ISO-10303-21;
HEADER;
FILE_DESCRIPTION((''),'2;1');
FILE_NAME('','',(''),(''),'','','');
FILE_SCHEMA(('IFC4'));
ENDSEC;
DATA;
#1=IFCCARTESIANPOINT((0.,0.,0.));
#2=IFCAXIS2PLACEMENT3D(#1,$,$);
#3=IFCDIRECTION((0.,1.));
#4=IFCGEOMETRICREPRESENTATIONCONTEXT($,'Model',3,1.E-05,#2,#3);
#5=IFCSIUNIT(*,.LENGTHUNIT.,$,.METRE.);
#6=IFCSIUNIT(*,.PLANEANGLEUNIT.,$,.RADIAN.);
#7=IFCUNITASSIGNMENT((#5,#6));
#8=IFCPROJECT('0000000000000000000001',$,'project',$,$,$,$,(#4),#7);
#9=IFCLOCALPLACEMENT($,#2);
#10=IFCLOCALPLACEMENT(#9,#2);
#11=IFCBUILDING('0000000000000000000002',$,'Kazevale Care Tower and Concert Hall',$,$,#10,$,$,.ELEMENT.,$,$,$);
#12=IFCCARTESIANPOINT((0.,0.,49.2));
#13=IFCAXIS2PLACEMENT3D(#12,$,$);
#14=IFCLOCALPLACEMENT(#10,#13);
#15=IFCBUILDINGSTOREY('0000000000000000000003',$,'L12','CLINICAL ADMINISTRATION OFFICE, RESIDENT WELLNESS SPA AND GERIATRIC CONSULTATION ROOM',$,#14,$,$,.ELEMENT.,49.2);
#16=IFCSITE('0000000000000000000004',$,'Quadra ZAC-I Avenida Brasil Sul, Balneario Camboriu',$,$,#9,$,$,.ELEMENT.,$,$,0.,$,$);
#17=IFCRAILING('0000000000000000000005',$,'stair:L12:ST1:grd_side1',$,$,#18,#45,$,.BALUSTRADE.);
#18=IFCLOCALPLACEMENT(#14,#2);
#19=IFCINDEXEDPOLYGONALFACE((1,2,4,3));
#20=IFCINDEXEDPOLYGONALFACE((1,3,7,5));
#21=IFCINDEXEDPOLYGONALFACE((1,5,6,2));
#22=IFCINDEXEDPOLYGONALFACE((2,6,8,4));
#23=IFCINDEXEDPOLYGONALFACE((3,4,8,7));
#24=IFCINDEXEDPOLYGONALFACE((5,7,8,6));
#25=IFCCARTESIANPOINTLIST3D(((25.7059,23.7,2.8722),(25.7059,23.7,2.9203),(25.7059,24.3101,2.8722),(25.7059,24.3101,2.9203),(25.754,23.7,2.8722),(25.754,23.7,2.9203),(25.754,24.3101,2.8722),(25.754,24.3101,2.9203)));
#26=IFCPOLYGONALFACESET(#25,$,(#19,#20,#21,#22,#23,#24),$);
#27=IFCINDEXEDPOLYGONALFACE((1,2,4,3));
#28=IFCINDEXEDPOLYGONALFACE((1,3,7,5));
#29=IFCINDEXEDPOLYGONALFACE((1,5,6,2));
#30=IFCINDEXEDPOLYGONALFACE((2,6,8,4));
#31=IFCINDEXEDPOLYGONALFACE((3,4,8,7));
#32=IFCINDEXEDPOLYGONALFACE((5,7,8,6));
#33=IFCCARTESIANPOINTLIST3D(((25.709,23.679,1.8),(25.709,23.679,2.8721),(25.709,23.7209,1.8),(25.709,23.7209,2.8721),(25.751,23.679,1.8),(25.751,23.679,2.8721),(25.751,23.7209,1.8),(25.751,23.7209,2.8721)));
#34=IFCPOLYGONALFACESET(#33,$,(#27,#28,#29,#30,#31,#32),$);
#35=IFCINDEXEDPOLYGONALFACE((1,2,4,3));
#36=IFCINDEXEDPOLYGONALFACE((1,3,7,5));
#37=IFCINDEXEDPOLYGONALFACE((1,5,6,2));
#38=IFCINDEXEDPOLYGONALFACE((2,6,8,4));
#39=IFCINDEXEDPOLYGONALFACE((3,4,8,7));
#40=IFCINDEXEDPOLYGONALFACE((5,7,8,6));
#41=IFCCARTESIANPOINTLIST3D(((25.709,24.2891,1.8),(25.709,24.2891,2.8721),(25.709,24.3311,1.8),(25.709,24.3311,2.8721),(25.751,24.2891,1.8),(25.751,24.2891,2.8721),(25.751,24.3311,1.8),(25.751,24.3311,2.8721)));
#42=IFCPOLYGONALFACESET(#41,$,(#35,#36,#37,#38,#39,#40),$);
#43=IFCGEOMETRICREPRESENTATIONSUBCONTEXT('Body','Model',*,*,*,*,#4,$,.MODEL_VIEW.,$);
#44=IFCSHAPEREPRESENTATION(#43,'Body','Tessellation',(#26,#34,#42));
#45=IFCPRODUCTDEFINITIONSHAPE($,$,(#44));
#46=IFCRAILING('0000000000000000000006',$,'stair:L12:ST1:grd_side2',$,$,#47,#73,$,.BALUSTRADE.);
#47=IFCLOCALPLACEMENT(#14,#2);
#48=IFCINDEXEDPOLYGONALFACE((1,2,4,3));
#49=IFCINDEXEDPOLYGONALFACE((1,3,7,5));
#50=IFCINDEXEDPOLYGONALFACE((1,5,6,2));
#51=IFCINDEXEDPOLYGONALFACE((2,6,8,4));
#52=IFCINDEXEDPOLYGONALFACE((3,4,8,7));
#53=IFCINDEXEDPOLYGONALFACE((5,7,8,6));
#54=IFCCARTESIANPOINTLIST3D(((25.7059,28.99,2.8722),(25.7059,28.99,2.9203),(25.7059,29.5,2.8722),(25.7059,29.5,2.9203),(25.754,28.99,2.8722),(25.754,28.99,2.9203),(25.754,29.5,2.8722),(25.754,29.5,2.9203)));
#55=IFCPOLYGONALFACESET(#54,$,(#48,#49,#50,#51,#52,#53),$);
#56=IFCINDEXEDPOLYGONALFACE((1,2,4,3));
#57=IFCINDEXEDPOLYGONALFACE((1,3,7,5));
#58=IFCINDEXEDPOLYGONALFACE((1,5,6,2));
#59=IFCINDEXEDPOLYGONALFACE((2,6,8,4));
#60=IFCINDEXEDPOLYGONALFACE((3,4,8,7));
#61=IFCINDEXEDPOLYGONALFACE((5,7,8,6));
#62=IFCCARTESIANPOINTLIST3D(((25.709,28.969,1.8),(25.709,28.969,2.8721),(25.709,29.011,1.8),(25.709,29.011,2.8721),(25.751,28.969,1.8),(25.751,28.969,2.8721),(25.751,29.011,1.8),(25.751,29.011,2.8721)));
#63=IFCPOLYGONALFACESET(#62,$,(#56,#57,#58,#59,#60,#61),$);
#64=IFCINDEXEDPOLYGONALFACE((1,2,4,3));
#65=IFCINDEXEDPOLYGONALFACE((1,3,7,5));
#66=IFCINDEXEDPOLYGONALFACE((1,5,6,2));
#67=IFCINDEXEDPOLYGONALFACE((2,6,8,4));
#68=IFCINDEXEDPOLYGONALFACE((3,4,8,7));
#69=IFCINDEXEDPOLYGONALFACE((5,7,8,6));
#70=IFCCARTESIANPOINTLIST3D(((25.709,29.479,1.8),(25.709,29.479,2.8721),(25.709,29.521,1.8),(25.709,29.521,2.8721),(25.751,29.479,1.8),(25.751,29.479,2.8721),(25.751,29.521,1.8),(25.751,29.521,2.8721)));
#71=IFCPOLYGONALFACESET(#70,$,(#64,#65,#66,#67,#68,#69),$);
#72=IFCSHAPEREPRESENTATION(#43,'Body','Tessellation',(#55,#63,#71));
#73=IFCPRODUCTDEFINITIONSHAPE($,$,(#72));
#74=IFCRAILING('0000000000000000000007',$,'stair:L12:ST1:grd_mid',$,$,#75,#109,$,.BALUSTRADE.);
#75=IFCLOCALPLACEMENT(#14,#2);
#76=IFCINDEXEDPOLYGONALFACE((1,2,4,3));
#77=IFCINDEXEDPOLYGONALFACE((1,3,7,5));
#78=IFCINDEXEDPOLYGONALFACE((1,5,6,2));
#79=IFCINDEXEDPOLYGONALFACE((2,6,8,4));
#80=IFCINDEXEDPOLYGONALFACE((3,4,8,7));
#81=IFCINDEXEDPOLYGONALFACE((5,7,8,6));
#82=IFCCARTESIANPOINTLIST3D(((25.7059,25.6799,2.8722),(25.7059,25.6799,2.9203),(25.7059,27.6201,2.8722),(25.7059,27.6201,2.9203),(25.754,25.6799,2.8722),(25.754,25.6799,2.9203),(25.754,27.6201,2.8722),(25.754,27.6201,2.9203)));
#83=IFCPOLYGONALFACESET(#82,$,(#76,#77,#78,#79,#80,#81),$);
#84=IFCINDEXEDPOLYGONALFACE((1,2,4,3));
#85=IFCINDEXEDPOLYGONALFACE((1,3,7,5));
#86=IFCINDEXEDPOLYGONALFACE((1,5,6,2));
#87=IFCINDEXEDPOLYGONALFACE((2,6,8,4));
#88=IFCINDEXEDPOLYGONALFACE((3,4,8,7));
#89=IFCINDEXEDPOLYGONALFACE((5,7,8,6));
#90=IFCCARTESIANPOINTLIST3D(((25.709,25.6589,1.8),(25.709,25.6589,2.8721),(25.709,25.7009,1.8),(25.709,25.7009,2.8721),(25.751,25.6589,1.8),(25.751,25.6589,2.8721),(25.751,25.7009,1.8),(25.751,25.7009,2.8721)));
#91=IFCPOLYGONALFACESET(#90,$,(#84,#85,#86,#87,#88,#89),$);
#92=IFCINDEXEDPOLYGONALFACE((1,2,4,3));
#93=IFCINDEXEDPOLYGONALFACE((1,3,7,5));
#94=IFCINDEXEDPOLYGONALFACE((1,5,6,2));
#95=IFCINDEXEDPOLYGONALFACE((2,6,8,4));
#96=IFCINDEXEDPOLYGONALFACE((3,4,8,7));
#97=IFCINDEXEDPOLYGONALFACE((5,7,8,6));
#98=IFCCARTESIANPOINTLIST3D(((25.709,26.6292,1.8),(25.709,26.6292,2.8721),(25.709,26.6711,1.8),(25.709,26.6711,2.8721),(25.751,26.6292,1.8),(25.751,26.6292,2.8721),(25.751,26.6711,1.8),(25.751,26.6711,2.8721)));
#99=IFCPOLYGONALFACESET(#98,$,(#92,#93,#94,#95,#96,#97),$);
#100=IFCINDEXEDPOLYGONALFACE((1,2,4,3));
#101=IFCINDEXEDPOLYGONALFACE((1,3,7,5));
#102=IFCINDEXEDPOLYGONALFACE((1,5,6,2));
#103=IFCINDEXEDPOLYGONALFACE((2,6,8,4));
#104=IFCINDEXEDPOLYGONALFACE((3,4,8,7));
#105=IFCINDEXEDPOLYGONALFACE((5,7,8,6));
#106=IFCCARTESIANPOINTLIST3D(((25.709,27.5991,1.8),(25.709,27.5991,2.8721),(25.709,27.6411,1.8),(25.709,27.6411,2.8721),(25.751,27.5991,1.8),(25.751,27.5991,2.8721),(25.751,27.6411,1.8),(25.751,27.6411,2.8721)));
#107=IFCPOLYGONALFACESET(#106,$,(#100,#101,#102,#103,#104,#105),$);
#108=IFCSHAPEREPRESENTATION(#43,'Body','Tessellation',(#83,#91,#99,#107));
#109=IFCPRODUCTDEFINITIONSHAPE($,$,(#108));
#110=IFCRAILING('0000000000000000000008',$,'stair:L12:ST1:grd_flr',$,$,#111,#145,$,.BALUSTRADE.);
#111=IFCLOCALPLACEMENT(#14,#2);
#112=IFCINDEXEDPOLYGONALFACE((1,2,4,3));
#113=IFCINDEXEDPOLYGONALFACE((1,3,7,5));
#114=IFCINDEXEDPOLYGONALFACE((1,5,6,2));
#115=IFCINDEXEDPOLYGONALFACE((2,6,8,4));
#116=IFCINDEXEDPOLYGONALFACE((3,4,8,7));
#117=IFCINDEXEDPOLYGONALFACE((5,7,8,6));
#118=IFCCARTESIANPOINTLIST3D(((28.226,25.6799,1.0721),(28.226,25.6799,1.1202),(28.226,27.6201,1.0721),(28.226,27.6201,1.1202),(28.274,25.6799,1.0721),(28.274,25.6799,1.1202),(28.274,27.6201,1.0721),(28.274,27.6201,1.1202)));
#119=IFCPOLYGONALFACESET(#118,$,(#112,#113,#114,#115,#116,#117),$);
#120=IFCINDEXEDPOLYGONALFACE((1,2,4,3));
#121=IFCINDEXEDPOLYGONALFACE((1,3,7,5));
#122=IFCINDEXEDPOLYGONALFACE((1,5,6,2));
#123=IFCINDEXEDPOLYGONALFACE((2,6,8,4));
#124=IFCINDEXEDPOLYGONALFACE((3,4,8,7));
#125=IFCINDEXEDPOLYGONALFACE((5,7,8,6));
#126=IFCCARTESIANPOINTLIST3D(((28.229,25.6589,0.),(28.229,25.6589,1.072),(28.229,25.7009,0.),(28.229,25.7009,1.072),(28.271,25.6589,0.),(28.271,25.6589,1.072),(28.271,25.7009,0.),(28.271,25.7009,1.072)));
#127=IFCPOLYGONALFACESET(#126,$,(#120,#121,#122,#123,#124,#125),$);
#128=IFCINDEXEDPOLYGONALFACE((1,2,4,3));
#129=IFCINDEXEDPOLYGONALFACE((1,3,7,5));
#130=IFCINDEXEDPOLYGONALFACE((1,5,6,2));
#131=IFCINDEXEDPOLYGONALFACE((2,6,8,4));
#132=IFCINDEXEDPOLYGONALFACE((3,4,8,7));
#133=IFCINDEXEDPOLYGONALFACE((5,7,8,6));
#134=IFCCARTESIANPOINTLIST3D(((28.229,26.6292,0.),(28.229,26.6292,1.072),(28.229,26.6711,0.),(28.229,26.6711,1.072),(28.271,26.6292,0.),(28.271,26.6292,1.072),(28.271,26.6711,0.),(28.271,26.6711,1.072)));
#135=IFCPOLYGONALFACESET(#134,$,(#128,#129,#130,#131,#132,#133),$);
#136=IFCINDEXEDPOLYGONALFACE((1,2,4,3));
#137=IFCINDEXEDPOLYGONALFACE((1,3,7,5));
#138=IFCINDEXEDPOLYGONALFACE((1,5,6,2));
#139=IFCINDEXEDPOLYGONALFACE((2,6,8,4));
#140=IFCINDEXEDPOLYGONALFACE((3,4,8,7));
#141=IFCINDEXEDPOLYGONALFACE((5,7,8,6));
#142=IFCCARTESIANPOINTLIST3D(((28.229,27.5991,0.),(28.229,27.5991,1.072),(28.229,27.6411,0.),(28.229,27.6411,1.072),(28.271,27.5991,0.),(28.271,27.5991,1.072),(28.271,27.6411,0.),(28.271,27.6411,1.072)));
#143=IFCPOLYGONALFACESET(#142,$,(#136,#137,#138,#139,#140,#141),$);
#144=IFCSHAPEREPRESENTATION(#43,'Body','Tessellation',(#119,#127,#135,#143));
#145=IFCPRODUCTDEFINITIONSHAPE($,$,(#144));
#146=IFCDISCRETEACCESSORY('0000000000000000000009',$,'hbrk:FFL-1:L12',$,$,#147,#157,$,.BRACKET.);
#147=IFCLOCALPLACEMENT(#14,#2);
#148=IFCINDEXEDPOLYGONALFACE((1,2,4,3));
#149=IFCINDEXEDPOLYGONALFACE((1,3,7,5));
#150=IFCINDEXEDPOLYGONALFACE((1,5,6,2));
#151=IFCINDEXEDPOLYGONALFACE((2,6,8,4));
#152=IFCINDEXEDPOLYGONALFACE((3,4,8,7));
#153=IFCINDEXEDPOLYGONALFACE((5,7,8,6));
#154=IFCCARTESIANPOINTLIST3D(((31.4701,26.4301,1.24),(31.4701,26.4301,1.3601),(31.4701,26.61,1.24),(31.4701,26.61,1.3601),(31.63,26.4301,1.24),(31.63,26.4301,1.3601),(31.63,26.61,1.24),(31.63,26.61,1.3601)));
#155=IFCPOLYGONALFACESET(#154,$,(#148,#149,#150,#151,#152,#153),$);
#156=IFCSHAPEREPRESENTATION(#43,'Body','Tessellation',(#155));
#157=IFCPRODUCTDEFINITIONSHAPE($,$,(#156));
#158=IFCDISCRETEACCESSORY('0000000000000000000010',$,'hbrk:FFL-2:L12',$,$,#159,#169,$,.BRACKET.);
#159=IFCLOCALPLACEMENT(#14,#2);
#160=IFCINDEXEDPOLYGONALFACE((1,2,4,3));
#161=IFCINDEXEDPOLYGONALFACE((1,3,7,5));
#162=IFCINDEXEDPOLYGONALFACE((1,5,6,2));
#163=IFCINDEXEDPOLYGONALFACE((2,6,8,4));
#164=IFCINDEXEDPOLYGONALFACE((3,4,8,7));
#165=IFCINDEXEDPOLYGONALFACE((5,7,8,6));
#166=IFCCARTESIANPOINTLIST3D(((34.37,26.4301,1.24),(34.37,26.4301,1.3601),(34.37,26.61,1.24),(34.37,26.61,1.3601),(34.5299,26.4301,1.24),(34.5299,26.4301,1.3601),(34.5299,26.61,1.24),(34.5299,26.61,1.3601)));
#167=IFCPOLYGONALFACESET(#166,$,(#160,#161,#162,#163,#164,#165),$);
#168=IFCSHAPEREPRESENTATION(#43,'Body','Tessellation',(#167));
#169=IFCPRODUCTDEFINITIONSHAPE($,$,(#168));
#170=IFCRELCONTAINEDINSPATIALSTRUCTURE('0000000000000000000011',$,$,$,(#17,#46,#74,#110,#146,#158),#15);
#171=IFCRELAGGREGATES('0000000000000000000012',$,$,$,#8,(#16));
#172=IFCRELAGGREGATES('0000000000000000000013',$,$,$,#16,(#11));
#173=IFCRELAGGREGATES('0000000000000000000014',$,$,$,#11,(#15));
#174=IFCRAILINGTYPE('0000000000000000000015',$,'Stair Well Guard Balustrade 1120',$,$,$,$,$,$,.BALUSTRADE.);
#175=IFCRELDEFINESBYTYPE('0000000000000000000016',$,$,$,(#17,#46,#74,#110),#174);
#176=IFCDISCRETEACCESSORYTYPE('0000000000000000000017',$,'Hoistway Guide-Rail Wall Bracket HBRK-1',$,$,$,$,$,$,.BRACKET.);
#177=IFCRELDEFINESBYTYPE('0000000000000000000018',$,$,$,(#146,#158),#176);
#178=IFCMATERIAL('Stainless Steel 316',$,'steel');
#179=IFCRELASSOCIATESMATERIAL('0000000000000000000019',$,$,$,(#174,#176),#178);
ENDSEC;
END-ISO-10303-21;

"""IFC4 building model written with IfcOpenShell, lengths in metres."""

from ifc_helpers import new_model, si_unit, direction, frame, origin, origin_2d, place, context, subcontext, project, spatial, rectangle, extrude, material, type_object, element, save


model = new_model("IFC4")

# Units and contexts
model_context = context("Model", 3, precision=1e-05, world=origin(), true_north=direction((0.0, 1.0)))
body_context = subcontext(model_context, "Body", "Model", "MODEL_VIEW")
ifc_project = project(units=[si_unit("LENGTHUNIT", "METRE"), si_unit("PLANEANGLEUNIT", "RADIAN")], contexts=[model_context])

# Site, building, storey
site_placement = place(None, origin())
site = spatial("IfcSite", under=ifc_project, at=site_placement, Name="Quadra ZAC-I Avenida Brasil Sul, Balneario Camboriu", CompositionType="ELEMENT", RefElevation=0.0)
building_placement = place(site_placement, origin())
building = spatial("IfcBuilding", under=site, at=building_placement, Name="Kazevale Care Tower and Concert Hall", CompositionType="ELEMENT")
storey_placement = place(building_placement, frame((0.0, 0.0, 49.2)))
storey = spatial("IfcBuildingStorey", under=building, at=storey_placement, Name="L12", Description="CLINICAL ADMINISTRATION OFFICE, RESIDENT WELLNESS SPA AND GERIATRIC CONSULTATION ROOM", CompositionType="ELEMENT", Elevation=49.2)

# Shared definitions
ifc_material_1 = material(Name="Stainless Steel 316", Category="steel")

# Railings
railing_type_1 = type_object("IfcRailingType", Name="Stair Well Guard Balustrade 1120", PredefinedType="BALUSTRADE", material=ifc_material_1)
railing_1_placement = place(storey_placement, frame((25.73, 23.7, 1.8)))
element("IfcRailing", 1, at=railing_1_placement, inside=storey, type_object=railing_type_1, Name="stair:L12:ST1:grd_side1", PredefinedType="BALUSTRADE", context=body_context, shape_type="SweptSolid", body=[
    extrude(rectangle(XDim=0.0481, YDim=0.0481, at=origin_2d()), frame((0.0, 0.0, 1.0962), z_axis=(0.0, 1.0, 0.0), x_axis=(-1.0, 0.0, 0.0)), (0.0, 0.0, 1.0), 0.6101),
    extrude(rectangle(XDim=0.042, YDim=0.042, at=origin_2d()), origin(), (0.0, 0.0, 1.0), 1.072),
    extrude(rectangle(XDim=0.042, YDim=0.042, at=origin_2d()), frame((0.0, 0.6101, 0.0)), (0.0, 0.0, 1.0), 1.072),
])
railing_2_placement = place(storey_placement, frame((25.73, 28.99, 1.8)))
element("IfcRailing", 2, at=railing_2_placement, inside=storey, type_object=railing_type_1, Name="stair:L12:ST1:grd_side2", PredefinedType="BALUSTRADE", context=body_context, shape_type="SweptSolid", body=[
    extrude(rectangle(XDim=0.0481, YDim=0.0481, at=origin_2d()), frame((0.0, 0.0, 1.0962), z_axis=(0.0, 1.0, 0.0), x_axis=(-1.0, 0.0, 0.0)), (0.0, 0.0, 1.0), 0.51),
    extrude(rectangle(XDim=0.042, YDim=0.042, at=origin_2d()), origin(), (0.0, 0.0, 1.0), 1.072),
    extrude(rectangle(XDim=0.042, YDim=0.042, at=origin_2d()), frame((0.0, 0.51, 0.0)), (0.0, 0.0, 1.0), 1.072),
])
for number, where, name in (
    (3, (25.73, 25.6799, 1.8), "stair:L12:ST1:grd_mid"),
    (4, (28.25, 25.6799, 0.0), "stair:L12:ST1:grd_flr"),
):
    element("IfcRailing", number, at=place(storey_placement, frame(where)), inside=storey, type_object=railing_type_1, Name=name, PredefinedType="BALUSTRADE", context=body_context, shape_type="SweptSolid", body=[
        extrude(rectangle(XDim=0.0481, YDim=0.0481, at=origin_2d()), frame((0.0, 0.0, 1.0962), z_axis=(0.0, 1.0, 0.0), x_axis=(-1.0, 0.0, 0.0)), (0.0, 0.0, 1.0), 1.9402),
        extrude(rectangle(XDim=0.042, YDim=0.042, at=origin_2d()), origin(), (0.0, 0.0, 1.0), 1.072),
        extrude(rectangle(XDim=0.042, YDim=0.042, at=origin_2d()), frame((0.0, 0.9702, 0.0)), (0.0, 0.0, 1.0), 1.072),
        extrude(rectangle(XDim=0.042, YDim=0.042, at=origin_2d()), frame((0.0, 1.9402, 0.0)), (0.0, 0.0, 1.0), 1.072),
    ])

# Discrete accessories
discrete_accessory_type = type_object("IfcDiscreteAccessoryType", Name="Hoistway Guide-Rail Wall Bracket HBRK-1", PredefinedType="BRACKET", material=ifc_material_1)
for number, where, z_axis, x_axis, name in (
    (5, (31.55, 26.52, 1.24), (0.0, 0.0, 1.0), (1.0, 0.0, 0.0), "hbrk:FFL-1:L12"),
    (6, (34.45, 26.52, 1.24), (0.0, 0.0, 1.0), (1.0, 0.0, 0.0), "hbrk:FFL-2:L12"),
):
    element("IfcDiscreteAccessory", number, at=place(storey_placement, frame(where, z_axis=z_axis, x_axis=x_axis)), inside=storey, type_object=discrete_accessory_type, Name=name, PredefinedType="BRACKET", context=body_context, shape_type="SweptSolid", body=[
        extrude(rectangle(XDim=0.1599, YDim=0.1799, at=origin_2d()), origin(), (0.0, 0.0, 1.0), 0.1201),
    ])

save(model, "model.ifc")
